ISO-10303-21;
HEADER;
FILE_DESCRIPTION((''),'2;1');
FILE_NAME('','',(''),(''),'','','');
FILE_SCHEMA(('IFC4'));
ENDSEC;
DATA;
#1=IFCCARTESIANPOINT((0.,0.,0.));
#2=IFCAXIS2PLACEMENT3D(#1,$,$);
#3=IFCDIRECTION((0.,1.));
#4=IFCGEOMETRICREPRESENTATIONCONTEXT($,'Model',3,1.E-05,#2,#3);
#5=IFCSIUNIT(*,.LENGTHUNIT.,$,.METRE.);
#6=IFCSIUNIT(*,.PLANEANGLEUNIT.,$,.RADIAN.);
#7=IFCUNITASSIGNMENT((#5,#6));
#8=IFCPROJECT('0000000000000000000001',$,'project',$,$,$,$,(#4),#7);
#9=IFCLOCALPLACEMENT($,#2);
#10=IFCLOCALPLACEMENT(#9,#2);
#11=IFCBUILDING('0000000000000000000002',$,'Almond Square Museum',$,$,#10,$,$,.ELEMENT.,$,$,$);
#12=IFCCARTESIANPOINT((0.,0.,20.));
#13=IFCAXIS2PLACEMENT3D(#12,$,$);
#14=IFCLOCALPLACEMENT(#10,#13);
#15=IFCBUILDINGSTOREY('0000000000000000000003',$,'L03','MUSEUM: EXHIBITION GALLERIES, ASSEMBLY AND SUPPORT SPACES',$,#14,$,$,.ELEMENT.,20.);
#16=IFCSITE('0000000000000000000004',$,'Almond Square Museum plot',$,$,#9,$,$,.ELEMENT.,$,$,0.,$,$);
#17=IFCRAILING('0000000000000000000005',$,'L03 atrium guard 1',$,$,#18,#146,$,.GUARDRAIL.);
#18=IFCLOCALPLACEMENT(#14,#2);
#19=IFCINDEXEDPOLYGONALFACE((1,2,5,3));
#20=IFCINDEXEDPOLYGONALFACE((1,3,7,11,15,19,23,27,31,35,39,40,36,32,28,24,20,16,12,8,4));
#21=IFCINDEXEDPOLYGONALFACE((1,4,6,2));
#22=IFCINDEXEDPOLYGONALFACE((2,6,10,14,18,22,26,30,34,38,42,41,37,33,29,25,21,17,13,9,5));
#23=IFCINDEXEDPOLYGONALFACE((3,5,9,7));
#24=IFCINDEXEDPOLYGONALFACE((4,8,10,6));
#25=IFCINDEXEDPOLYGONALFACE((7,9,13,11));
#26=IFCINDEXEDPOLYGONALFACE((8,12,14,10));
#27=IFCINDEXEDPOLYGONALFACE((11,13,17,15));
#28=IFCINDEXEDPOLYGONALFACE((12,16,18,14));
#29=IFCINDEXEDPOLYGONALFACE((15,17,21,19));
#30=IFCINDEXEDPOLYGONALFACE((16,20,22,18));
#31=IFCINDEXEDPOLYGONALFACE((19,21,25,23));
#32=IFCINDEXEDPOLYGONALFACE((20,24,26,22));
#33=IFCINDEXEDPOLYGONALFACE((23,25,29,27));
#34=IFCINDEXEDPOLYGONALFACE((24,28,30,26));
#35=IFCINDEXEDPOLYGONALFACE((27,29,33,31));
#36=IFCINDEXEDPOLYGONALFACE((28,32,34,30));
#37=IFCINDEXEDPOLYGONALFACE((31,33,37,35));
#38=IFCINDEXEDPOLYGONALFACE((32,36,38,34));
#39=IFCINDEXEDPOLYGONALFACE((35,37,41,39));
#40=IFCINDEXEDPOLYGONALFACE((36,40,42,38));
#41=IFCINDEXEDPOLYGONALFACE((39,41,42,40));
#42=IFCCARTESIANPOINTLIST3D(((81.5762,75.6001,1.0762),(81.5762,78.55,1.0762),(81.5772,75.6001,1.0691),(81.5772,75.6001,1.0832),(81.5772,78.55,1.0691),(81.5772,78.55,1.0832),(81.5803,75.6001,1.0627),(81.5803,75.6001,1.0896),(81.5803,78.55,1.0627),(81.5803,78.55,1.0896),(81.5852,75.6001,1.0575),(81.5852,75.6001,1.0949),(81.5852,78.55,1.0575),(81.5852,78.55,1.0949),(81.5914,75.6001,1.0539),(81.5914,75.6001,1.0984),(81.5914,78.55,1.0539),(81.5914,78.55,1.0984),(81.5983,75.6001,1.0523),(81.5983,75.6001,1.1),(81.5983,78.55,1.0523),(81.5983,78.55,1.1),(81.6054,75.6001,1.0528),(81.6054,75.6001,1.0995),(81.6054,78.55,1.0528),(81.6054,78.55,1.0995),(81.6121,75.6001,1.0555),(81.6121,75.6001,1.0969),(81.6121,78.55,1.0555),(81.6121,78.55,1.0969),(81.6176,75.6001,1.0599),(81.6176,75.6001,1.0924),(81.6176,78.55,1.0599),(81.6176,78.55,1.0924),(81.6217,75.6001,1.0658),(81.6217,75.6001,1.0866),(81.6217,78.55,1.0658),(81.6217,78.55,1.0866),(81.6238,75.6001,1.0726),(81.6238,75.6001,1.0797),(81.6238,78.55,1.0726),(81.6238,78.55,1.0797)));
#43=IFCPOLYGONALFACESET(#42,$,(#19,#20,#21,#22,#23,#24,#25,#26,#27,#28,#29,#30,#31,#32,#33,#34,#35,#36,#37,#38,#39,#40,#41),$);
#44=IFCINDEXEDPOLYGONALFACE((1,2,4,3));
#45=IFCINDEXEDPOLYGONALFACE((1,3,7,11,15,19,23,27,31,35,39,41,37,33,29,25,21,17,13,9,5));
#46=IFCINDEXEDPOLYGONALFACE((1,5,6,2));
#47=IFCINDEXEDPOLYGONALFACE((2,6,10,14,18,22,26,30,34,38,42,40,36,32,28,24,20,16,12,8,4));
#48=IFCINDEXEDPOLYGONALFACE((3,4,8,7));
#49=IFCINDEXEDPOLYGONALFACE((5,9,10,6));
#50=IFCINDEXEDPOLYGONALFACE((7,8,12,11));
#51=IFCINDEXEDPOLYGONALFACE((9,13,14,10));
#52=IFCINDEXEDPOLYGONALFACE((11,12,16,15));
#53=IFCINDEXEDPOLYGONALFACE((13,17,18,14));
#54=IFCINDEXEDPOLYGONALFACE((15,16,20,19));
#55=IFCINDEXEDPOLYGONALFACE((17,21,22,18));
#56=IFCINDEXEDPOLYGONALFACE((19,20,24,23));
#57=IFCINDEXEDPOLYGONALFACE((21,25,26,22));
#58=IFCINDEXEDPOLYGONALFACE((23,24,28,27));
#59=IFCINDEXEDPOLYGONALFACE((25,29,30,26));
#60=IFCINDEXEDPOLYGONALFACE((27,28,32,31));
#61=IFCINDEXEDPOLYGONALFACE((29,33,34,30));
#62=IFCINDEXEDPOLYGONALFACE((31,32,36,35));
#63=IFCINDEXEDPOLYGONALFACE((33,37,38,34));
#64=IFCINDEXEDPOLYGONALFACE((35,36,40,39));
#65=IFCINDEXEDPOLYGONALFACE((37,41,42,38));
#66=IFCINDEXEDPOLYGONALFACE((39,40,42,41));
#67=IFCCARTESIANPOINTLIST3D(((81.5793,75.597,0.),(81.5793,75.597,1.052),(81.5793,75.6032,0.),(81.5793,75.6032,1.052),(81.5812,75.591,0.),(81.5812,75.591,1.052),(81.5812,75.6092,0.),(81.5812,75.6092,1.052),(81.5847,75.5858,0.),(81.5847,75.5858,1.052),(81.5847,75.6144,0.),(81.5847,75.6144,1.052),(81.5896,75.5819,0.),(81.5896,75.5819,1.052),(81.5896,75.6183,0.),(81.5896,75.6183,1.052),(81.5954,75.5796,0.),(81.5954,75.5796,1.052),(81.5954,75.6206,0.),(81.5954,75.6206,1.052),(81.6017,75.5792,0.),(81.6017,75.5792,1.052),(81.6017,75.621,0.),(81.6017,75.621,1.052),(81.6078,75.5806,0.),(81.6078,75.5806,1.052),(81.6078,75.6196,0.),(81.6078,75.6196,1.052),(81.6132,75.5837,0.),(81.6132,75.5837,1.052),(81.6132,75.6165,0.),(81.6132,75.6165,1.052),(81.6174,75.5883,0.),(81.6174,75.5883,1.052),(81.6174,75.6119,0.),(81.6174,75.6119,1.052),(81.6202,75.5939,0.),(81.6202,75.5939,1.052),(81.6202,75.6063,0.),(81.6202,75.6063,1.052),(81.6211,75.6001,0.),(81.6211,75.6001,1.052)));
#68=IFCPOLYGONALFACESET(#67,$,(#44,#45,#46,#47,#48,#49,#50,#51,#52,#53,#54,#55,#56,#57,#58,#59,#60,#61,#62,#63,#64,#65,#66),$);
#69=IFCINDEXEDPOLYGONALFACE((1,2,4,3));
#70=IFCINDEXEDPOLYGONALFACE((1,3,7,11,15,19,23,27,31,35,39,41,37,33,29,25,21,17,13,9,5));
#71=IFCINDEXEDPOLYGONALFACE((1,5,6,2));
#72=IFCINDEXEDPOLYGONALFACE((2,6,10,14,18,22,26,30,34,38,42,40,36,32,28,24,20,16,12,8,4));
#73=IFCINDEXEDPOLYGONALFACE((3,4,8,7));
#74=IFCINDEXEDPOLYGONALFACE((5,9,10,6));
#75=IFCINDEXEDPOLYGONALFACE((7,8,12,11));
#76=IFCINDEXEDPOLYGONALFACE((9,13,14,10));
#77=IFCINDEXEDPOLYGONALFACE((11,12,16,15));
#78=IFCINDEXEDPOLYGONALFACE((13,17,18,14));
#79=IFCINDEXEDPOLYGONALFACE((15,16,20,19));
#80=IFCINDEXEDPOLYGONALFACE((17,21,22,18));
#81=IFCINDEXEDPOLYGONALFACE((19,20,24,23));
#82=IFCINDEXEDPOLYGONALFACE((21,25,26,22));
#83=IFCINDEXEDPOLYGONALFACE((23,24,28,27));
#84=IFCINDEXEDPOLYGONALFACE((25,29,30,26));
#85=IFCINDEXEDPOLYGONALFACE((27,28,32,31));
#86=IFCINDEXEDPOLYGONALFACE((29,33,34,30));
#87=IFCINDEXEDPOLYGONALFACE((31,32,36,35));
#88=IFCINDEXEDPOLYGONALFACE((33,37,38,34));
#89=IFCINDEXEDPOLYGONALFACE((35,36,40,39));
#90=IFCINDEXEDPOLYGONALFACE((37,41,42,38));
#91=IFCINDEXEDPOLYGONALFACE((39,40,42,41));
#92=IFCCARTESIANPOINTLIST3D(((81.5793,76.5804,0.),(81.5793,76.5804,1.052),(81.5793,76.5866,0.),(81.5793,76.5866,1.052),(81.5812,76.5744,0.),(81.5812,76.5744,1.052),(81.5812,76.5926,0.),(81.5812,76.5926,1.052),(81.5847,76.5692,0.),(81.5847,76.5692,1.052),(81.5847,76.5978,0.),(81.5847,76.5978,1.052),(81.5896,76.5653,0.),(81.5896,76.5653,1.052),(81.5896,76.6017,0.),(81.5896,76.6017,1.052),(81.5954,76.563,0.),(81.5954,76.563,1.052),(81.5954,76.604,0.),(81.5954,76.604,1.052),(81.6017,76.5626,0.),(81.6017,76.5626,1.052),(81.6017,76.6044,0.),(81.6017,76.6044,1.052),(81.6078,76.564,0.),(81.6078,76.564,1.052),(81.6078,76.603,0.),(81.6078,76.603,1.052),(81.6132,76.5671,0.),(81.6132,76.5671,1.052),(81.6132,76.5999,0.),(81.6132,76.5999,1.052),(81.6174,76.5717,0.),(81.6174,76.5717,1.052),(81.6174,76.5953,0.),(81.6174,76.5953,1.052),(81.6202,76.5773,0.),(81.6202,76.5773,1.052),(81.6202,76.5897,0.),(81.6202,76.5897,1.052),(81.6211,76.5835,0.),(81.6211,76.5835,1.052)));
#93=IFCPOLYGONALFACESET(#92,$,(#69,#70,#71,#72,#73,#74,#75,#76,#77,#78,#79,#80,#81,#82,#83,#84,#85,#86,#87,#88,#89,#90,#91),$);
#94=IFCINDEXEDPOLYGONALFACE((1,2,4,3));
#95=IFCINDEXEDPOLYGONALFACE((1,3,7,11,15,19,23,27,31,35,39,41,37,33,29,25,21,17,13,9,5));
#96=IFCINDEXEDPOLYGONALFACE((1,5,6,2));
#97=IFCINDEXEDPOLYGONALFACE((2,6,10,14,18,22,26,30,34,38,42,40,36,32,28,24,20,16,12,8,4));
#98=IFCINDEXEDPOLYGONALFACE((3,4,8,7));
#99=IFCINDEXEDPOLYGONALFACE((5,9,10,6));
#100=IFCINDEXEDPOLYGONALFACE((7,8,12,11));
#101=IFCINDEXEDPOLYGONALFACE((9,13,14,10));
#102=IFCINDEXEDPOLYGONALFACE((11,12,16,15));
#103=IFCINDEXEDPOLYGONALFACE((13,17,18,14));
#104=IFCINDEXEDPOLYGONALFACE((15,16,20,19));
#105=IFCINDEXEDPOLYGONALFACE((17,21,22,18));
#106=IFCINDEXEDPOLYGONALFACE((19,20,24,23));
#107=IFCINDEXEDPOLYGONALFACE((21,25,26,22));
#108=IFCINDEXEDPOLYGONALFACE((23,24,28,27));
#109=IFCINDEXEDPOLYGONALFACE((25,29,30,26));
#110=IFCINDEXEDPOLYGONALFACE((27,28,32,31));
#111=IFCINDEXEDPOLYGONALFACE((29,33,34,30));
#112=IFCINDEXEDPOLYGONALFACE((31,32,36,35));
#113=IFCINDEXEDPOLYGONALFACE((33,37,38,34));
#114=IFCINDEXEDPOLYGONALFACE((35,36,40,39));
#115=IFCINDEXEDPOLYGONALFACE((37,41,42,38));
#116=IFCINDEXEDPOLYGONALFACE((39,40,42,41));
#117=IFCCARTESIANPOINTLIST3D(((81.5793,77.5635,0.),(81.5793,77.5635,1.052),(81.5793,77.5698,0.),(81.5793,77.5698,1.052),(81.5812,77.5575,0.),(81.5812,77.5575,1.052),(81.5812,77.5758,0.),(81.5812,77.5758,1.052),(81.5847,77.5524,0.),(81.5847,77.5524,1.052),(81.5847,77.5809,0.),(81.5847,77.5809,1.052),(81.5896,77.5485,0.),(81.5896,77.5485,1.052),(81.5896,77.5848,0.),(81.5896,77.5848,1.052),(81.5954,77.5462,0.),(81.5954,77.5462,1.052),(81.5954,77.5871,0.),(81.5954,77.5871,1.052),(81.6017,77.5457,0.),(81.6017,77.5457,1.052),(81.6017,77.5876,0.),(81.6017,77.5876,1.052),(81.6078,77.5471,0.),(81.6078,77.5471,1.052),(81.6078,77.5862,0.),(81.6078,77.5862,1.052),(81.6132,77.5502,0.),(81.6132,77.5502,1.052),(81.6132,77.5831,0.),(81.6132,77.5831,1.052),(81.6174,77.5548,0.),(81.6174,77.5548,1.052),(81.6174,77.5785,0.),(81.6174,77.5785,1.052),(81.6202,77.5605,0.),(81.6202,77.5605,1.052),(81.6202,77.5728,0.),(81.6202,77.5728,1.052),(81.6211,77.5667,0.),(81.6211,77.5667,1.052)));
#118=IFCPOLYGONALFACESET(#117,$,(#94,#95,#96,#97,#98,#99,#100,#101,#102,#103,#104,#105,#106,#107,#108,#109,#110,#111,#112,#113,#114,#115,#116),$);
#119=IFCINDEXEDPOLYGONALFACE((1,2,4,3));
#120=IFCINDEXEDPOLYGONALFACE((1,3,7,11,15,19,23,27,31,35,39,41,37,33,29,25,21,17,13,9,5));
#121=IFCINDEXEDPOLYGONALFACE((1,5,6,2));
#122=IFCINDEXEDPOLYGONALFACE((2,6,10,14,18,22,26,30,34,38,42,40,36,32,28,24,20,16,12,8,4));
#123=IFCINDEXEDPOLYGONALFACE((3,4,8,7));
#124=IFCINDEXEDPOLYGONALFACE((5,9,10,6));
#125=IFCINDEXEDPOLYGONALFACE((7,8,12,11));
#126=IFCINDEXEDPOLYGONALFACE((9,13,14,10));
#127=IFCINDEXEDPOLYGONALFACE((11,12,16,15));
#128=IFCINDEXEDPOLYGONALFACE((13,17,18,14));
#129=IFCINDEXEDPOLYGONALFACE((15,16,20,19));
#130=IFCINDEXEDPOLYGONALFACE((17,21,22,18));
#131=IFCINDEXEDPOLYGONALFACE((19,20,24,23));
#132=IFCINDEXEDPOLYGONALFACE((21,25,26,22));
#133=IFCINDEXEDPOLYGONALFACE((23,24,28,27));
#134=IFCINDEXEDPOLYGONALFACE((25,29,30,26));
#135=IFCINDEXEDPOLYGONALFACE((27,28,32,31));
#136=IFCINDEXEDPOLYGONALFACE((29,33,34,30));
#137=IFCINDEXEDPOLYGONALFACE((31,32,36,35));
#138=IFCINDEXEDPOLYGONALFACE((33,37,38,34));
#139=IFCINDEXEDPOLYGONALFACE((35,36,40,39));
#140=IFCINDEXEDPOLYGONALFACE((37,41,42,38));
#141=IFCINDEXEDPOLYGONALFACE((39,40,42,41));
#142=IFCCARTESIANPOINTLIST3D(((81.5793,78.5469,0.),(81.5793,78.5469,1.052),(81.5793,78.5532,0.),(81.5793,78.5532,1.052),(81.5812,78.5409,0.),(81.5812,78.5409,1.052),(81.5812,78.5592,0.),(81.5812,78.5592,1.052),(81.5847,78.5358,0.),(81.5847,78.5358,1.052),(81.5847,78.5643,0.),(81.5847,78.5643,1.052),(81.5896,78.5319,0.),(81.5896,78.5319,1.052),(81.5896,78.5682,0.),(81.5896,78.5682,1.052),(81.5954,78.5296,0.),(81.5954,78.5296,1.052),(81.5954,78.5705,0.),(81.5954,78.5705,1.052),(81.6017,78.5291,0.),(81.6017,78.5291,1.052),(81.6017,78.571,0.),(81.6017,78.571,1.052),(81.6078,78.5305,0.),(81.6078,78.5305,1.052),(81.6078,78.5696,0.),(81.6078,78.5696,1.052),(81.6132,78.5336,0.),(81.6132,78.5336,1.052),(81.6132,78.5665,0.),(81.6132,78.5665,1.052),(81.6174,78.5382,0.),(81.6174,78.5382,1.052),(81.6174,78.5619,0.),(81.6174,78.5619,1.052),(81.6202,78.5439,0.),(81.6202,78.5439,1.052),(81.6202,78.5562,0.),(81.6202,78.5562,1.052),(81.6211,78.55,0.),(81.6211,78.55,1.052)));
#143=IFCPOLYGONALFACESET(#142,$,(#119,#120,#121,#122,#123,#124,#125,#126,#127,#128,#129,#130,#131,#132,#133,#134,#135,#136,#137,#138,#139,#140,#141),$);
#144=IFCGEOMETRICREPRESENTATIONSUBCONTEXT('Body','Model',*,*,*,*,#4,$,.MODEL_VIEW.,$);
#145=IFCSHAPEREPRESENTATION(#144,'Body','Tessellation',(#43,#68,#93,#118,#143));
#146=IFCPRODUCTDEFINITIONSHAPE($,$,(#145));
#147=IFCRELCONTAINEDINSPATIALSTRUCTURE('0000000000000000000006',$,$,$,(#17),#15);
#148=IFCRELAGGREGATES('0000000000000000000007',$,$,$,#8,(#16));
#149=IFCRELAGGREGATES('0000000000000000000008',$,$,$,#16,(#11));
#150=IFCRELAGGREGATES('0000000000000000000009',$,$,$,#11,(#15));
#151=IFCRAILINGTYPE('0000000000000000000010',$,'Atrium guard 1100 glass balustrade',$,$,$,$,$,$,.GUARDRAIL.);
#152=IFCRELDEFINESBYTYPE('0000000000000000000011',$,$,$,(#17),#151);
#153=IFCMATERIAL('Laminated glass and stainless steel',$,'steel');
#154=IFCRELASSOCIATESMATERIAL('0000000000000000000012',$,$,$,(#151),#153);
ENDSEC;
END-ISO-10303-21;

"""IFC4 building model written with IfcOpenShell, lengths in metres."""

from ifc_helpers import new_model, si_unit, direction, frame, origin, origin_2d, place, context, subcontext, project, spatial, circle, extrude, material, type_object, element, save


model = new_model("IFC4")

# Units and contexts
model_context = context("Model", 3, precision=1e-05, world=origin(), true_north=direction((0.0, 1.0)))
body_context = subcontext(model_context, "Body", "Model", "MODEL_VIEW")
ifc_project = project(units=[si_unit("LENGTHUNIT", "METRE"), si_unit("PLANEANGLEUNIT", "RADIAN")], contexts=[model_context])

# Site, building, storey
site_placement = place(None, origin())
site = spatial("IfcSite", under=ifc_project, at=site_placement, Name="Almond Square Museum plot", CompositionType="ELEMENT", RefElevation=0.0)
building_placement = place(site_placement, origin())
building = spatial("IfcBuilding", under=site, at=building_placement, Name="Almond Square Museum", CompositionType="ELEMENT")
storey_placement = place(building_placement, frame((0.0, 0.0, 20.0)))
storey = spatial("IfcBuildingStorey", under=building, at=storey_placement, Name="L03", Description="MUSEUM: EXHIBITION GALLERIES, ASSEMBLY AND SUPPORT SPACES", CompositionType="ELEMENT", Elevation=20.0)

# Railing
ifc_material_1 = material(Name="Laminated glass and stainless steel", Category="steel")
railing_type_1 = type_object("IfcRailingType", Name="Atrium guard 1100 glass balustrade", PredefinedType="GUARDRAIL", material=ifc_material_1)
railing_1_placement = place(storey_placement, frame((81.6001, 75.6001, 0.0)))
element("IfcRailing", 1, at=railing_1_placement, inside=storey, type_object=railing_type_1, Name="L03 atrium guard 1", PredefinedType="GUARDRAIL", context=body_context, shape_type="SweptSolid", body=[
    extrude(circle(Radius=0.0239, at=origin_2d()), frame((0.0, 0.0, 1.0762), z_axis=(0.0, 1.0, 0.0), x_axis=(-1.0, 0.0, 0.0)), (0.0, 0.0, 1.0), 2.95),
    extrude(circle(Radius=0.021, at=origin_2d()), origin(), (0.0, 0.0, 1.0), 1.052),
    extrude(circle(Radius=0.021, at=origin_2d()), frame((0.0, 0.9834, 0.0)), (0.0, 0.0, 1.0), 1.052),
    extrude(circle(Radius=0.021, at=origin_2d()), frame((0.0, 1.9666, 0.0)), (0.0, 0.0, 1.0), 1.052),
    extrude(circle(Radius=0.021, at=origin_2d()), frame((0.0, 2.95, 0.0)), (0.0, 0.0, 1.0), 1.052),
])

save(model, "model.ifc")
